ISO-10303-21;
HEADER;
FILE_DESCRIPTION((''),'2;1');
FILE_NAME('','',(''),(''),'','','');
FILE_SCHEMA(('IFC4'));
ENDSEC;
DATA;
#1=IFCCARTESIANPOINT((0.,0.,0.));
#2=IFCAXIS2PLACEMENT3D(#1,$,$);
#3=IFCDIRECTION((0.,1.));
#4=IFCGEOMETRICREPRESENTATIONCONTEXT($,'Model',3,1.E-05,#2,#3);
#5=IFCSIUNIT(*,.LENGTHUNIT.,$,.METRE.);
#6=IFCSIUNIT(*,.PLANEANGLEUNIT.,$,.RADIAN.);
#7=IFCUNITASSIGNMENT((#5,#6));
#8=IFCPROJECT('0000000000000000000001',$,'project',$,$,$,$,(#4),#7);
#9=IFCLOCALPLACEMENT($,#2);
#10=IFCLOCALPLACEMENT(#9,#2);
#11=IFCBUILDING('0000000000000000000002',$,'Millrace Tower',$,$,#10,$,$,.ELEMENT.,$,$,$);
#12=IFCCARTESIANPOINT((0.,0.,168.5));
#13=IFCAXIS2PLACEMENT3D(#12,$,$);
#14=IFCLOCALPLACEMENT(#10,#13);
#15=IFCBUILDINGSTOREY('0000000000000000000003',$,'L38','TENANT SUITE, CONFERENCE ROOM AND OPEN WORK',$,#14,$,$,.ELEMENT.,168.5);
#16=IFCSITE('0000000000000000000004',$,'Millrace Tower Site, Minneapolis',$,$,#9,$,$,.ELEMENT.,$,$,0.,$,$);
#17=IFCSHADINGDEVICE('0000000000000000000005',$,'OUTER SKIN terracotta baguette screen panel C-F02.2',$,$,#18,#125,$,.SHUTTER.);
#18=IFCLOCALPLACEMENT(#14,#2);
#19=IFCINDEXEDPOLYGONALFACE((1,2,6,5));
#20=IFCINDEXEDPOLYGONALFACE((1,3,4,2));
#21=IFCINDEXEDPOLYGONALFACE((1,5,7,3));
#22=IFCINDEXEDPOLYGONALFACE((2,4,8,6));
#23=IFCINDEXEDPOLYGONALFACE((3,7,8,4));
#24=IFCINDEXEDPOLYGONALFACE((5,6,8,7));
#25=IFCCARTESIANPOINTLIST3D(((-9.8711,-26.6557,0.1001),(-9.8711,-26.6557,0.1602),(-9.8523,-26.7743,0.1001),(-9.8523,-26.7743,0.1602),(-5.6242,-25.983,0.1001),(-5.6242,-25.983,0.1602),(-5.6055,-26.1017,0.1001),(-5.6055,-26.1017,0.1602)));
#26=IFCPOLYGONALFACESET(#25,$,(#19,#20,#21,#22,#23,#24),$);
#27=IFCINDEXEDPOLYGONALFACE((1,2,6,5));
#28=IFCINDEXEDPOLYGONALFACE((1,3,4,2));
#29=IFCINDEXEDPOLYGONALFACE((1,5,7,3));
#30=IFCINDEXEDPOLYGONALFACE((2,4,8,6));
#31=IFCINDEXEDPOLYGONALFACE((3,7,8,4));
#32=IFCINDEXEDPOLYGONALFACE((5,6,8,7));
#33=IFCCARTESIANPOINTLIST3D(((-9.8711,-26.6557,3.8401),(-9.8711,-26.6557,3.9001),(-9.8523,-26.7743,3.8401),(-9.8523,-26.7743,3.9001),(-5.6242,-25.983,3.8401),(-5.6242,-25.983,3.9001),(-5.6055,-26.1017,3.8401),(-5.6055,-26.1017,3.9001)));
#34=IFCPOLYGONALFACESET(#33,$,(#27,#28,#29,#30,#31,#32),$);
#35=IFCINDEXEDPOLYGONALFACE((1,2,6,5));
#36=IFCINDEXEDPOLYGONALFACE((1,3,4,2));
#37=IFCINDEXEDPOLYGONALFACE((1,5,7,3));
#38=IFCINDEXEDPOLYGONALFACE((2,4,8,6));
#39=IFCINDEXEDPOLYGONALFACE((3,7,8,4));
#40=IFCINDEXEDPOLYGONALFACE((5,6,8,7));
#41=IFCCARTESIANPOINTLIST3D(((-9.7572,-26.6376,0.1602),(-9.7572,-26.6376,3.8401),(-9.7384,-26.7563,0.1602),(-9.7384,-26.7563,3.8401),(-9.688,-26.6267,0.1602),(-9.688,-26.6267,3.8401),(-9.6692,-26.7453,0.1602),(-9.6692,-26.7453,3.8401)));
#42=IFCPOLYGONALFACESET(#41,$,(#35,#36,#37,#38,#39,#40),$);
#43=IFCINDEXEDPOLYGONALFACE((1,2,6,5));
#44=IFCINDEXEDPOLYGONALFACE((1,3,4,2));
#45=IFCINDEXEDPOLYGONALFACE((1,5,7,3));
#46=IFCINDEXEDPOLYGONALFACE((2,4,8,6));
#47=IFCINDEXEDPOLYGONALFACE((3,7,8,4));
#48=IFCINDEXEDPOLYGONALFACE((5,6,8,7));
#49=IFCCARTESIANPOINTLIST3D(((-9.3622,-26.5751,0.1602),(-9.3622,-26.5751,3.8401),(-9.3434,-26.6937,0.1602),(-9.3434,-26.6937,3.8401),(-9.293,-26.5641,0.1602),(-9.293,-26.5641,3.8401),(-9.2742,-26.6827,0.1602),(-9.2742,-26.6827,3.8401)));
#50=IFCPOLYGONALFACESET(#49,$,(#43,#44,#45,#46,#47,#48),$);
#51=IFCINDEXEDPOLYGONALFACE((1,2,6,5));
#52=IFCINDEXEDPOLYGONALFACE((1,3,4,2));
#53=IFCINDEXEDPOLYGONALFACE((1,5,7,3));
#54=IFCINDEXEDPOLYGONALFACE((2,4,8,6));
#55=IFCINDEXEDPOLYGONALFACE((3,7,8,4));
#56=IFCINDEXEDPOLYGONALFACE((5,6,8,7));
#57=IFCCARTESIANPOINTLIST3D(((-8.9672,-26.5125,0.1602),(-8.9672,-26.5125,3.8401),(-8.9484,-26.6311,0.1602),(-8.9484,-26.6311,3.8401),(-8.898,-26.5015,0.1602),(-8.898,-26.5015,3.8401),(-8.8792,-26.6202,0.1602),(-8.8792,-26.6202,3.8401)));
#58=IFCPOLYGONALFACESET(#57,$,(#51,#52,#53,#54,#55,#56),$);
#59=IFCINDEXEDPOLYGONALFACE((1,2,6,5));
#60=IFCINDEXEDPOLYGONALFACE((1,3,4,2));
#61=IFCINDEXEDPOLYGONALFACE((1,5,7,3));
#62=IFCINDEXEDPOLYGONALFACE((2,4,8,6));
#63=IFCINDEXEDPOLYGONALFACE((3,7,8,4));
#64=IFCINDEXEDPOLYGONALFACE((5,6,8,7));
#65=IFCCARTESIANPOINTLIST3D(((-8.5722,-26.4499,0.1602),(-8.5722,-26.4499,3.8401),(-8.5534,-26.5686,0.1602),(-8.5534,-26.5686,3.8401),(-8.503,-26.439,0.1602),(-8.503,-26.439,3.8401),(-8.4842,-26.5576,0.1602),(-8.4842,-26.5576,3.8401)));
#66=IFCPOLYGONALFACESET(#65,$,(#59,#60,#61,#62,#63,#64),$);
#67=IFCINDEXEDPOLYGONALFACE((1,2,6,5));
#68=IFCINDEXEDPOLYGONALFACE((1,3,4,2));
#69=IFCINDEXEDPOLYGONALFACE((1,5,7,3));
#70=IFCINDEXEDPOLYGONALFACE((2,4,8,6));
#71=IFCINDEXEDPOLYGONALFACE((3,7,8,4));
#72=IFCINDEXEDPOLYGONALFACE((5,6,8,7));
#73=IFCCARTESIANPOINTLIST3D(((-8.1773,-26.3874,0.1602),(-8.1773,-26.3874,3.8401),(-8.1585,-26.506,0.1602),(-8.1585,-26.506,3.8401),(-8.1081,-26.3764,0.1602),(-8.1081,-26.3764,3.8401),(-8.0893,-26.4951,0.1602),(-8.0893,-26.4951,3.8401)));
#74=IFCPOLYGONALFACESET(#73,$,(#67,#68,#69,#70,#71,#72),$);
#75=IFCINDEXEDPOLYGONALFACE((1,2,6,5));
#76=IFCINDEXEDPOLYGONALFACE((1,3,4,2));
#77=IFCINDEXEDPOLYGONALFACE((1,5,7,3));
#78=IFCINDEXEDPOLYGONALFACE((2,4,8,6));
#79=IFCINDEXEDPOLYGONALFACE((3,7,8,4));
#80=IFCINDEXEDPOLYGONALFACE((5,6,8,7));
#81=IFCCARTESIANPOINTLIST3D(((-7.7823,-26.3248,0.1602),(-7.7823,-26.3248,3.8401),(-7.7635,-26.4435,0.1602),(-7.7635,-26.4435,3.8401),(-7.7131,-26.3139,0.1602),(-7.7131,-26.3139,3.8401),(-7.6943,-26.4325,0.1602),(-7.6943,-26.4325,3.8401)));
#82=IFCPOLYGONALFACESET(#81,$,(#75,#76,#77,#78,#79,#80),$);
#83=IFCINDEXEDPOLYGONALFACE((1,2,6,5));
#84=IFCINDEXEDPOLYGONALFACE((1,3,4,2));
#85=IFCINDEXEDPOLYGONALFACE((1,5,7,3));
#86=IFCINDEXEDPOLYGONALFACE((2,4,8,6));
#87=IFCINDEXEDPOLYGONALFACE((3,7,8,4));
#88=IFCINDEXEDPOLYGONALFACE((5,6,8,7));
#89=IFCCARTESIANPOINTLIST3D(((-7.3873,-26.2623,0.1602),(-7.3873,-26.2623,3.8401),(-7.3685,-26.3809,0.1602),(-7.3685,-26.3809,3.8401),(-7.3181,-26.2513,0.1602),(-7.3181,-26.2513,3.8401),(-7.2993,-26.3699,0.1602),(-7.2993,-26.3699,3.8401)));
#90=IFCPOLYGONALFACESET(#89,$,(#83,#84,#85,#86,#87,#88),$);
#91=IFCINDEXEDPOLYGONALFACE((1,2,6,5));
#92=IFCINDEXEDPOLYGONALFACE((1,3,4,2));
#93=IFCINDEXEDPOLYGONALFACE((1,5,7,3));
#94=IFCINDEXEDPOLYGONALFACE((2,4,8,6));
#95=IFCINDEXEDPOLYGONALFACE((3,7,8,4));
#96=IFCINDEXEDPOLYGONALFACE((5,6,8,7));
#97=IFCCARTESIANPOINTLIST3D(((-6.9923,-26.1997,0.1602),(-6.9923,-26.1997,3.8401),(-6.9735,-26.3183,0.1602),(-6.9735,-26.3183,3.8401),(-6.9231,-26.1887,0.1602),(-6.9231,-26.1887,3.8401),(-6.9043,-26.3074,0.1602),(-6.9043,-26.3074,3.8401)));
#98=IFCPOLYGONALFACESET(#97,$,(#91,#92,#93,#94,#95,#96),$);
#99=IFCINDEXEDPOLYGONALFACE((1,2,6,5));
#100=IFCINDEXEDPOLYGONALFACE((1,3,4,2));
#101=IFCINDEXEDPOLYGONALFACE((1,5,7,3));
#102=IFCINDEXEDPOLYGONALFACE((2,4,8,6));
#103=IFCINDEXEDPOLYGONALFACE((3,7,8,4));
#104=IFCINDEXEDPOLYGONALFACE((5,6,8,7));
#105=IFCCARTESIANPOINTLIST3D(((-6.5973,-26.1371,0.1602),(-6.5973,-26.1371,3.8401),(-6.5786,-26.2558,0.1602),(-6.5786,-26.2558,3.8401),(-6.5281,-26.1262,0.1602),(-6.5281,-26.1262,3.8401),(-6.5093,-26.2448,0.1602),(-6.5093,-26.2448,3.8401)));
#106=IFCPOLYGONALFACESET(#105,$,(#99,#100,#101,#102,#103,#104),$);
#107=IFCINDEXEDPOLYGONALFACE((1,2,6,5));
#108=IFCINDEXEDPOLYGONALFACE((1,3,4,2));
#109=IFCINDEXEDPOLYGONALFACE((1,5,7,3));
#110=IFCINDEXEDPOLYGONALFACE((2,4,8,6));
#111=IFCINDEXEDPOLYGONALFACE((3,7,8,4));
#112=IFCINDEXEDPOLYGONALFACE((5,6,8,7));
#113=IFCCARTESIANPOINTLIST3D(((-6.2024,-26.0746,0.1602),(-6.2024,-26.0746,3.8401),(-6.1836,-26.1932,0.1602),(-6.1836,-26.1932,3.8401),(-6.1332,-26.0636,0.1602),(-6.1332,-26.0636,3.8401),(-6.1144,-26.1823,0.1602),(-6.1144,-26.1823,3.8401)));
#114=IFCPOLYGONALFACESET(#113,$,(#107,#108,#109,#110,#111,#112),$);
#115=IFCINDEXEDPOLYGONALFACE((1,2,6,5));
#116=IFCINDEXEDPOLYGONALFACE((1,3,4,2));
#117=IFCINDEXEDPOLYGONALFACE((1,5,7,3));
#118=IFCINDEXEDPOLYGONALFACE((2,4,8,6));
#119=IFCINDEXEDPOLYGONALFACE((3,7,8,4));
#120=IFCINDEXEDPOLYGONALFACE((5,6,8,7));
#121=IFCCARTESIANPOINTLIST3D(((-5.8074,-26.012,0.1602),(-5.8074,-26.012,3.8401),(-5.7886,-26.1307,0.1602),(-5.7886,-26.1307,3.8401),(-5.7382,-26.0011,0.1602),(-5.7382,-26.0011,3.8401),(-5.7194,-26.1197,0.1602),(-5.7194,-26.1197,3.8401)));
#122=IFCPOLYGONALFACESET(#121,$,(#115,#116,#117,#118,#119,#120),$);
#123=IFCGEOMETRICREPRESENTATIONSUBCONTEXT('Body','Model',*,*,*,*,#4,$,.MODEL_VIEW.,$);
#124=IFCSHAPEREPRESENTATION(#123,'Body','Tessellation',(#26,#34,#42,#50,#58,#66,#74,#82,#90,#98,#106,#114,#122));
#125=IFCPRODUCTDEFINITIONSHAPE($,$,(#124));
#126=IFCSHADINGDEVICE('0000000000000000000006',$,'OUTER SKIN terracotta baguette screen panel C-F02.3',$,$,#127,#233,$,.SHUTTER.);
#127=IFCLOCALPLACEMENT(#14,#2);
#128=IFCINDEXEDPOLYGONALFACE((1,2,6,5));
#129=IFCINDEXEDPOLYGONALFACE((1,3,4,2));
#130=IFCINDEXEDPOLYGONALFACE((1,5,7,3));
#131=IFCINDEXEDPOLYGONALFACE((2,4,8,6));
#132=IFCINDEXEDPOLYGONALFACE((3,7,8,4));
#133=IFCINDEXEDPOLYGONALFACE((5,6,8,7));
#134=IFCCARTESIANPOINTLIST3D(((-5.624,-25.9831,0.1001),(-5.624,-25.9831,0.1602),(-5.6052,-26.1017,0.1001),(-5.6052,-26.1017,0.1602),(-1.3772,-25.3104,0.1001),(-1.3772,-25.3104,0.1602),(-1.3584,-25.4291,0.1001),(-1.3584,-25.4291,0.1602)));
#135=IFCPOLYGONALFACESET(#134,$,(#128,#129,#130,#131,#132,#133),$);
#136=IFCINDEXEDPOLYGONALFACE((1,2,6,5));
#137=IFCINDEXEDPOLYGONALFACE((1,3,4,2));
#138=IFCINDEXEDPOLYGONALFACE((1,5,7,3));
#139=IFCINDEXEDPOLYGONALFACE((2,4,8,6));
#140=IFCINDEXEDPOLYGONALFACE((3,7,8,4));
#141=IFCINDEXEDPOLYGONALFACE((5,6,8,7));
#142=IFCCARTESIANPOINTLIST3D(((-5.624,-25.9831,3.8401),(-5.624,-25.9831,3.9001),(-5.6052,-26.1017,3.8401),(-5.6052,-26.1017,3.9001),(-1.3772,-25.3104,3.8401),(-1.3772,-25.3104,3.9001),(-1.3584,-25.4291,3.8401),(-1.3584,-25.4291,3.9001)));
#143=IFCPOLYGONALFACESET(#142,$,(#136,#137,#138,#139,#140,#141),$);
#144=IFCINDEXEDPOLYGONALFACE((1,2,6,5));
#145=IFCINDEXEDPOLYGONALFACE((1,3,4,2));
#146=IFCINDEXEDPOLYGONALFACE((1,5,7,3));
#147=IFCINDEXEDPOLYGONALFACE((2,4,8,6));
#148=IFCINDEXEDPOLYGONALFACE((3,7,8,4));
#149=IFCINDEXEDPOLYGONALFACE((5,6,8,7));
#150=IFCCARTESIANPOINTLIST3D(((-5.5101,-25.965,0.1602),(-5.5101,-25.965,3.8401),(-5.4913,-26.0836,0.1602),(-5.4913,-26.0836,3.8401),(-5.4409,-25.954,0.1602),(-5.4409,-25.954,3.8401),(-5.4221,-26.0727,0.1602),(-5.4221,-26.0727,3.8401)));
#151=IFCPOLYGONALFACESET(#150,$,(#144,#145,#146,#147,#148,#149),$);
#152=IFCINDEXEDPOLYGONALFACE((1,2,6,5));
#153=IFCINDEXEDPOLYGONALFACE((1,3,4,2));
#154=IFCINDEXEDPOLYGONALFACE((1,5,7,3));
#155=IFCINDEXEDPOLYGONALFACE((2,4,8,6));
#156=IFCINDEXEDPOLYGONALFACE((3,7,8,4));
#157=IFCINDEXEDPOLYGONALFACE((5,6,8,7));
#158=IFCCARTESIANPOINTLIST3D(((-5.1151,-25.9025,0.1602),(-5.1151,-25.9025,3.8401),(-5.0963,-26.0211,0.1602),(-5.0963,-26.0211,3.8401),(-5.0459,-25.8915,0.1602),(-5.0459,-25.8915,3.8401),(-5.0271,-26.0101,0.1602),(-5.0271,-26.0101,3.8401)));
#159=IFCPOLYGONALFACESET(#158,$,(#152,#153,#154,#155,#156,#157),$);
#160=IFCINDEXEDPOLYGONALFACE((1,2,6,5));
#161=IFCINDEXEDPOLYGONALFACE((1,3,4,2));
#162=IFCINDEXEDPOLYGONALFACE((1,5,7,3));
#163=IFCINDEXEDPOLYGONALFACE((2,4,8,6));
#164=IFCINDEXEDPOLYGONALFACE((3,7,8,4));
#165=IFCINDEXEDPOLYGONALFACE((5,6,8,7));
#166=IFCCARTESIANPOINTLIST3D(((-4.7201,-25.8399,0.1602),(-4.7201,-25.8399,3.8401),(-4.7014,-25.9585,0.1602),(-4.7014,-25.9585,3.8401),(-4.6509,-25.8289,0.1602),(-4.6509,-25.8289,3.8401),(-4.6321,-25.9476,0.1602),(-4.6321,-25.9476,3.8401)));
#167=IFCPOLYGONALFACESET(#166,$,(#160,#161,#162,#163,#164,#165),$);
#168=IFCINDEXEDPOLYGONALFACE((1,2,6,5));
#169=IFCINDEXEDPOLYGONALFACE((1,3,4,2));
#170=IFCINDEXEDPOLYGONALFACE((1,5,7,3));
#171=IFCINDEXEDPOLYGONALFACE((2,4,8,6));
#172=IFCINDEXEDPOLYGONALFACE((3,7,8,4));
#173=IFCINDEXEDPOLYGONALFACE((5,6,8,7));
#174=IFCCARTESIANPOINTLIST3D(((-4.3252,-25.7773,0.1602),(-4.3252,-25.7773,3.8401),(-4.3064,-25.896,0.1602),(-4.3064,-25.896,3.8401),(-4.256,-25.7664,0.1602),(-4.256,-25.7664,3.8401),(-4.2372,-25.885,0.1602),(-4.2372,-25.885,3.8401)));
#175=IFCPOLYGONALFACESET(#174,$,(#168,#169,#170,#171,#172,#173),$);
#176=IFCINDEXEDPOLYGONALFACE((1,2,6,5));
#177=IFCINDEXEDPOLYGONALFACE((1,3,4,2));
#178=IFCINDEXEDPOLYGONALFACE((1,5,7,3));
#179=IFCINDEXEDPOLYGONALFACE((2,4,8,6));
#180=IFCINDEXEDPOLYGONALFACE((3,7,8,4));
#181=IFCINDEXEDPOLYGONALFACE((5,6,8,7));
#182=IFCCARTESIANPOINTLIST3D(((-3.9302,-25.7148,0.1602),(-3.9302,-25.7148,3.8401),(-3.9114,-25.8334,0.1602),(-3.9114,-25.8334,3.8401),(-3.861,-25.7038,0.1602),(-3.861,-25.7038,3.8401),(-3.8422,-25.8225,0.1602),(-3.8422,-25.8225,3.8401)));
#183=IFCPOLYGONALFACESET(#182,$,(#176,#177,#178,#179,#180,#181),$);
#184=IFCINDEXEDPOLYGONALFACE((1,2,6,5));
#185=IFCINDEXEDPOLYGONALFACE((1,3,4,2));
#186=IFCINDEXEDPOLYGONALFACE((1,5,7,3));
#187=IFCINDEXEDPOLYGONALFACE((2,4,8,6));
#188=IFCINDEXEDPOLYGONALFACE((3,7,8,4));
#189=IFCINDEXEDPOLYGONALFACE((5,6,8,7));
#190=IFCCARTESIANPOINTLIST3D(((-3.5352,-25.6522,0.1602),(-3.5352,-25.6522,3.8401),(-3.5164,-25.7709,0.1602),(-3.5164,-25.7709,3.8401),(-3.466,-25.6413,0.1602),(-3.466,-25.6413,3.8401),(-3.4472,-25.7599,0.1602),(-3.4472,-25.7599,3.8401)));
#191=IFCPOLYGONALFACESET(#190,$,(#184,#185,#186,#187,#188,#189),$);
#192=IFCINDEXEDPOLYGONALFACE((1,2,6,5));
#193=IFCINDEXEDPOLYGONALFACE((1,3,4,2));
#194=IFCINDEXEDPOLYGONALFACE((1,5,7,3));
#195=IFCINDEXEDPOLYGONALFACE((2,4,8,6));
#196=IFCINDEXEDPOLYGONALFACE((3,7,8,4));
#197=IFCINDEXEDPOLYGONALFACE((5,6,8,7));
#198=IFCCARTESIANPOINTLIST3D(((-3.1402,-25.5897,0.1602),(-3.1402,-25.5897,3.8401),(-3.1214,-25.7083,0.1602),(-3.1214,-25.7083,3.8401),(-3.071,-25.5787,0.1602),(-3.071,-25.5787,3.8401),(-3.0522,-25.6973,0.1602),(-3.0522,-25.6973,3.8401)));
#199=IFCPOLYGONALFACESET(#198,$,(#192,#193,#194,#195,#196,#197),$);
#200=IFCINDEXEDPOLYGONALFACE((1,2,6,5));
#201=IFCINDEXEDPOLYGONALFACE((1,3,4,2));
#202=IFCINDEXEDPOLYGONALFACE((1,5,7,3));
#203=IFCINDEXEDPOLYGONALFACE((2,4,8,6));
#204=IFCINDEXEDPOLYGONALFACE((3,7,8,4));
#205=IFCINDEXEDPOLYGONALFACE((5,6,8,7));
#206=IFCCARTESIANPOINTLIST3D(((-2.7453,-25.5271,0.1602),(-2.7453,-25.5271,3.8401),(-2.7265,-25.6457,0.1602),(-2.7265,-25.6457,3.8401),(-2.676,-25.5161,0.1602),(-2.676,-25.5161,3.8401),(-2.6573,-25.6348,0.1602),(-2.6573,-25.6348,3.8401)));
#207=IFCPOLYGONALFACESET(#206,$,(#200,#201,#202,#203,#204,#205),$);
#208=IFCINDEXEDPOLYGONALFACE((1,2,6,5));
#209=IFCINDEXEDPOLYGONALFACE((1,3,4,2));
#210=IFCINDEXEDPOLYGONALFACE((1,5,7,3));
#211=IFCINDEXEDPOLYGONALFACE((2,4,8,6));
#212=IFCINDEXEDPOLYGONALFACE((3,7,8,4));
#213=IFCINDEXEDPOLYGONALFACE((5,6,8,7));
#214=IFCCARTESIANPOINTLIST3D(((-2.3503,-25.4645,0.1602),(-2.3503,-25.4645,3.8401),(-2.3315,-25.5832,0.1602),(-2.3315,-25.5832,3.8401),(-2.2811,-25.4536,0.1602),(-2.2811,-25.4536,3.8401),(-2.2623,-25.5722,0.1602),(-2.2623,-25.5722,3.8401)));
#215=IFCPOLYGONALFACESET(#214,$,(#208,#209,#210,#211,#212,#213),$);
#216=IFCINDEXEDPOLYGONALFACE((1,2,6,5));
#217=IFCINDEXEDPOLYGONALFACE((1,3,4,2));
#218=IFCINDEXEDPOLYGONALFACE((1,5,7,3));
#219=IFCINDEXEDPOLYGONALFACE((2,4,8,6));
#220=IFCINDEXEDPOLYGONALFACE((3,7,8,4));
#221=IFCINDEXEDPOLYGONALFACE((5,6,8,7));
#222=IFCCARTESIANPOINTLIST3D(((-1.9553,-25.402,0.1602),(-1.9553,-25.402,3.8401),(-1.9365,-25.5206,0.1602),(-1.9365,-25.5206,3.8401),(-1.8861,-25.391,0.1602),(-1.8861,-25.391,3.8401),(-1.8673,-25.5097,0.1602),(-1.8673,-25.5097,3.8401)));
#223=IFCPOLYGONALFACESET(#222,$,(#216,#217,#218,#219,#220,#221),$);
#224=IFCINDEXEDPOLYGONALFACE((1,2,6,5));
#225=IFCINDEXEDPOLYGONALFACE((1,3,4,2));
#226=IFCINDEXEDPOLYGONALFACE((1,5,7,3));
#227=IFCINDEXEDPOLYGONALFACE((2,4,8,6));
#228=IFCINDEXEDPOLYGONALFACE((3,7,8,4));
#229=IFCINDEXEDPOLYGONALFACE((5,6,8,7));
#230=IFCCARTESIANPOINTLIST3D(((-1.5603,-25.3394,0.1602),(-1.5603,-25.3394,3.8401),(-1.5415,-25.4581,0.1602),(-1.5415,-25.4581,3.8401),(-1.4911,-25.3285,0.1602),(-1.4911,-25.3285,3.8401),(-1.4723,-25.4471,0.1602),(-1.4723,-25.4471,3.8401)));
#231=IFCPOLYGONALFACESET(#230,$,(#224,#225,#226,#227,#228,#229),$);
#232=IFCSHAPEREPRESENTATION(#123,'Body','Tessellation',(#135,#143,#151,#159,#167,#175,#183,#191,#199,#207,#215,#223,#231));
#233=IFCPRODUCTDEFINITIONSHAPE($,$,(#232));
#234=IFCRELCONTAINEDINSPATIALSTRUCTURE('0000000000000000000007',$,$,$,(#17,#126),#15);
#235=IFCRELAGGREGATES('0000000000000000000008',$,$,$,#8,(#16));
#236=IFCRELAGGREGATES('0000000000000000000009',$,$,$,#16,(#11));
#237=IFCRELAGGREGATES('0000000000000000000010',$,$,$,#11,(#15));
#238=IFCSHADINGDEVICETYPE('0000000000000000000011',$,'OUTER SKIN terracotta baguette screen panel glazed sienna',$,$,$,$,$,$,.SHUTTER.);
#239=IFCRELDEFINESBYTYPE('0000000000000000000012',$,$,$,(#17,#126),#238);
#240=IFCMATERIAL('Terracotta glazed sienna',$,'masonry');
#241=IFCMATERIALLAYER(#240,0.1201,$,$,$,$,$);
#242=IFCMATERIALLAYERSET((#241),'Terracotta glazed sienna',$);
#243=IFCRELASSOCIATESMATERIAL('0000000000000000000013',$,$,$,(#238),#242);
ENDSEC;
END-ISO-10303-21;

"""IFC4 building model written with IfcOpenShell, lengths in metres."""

from ifc_helpers import new_model, entity, si_unit, direction, frame, frame_2d, origin, origin_2d, place, context, subcontext, project, spatial, rectangle, extrude, source, transform, mapped, material, layer, layer_set, type_object, element, save


model = new_model("IFC4")

# Units and contexts
model_context = context("Model", 3, precision=1e-05, world=origin(), true_north=direction((0.0, 1.0)))
body_context = subcontext(model_context, "Body", "Model", "MODEL_VIEW")
ifc_project = project(units=[si_unit("LENGTHUNIT", "METRE"), si_unit("PLANEANGLEUNIT", "RADIAN")], contexts=[model_context])

# Site, building, storey
site_placement = place(None, origin())
site = spatial("IfcSite", under=ifc_project, at=site_placement, Name="Millrace Tower Site, Minneapolis", CompositionType="ELEMENT", RefElevation=0.0)
building_placement = place(site_placement, origin())
building = spatial("IfcBuilding", under=site, at=building_placement, Name="Millrace Tower", CompositionType="ELEMENT")
storey_placement = place(building_placement, frame((0.0, 0.0, 168.5)))
storey = spatial("IfcBuildingStorey", under=building, at=storey_placement, Name="L38", Description="TENANT SUITE, CONFERENCE ROOM AND OPEN WORK", CompositionType="ELEMENT", Elevation=168.5)

# Shading devices
ifc_material_1 = material(Name="Terracotta glazed sienna", Category="masonry")
ifc_layer_1 = layer(ifc_material_1, 0.1201)
ifc_layer_set_1 = layer_set([ifc_layer_1], Name="Terracotta glazed sienna")
shading_device_type = type_object("IfcShadingDeviceType", Name="OUTER SKIN terracotta baguette screen panel glazed sienna", PredefinedType="SHUTTER", material=ifc_layer_set_1)
cartesian_point_1 = entity("IfcCartesianPoint", [-2.1499, 0.0601])
shared_polyline_1 = entity("IfcPolyline", [cartesian_point_1, entity("IfcCartesianPoint", [2.1499, 0.0601]), entity("IfcCartesianPoint", [2.1499, -0.0601]), entity("IfcCartesianPoint", [-2.1499, -0.0601]), cartesian_point_1])
shared_shape_1 = source(origin(), body_context, "Body", "SweptSolid", [
    entity("IfcExtrudedAreaSolid", entity("IfcArbitraryClosedProfileDef", "AREA", None, shared_polyline_1), entity("IfcAxis2Placement3D", entity("IfcCartesianPoint", [0.0, 0.0, 0.0])), entity("IfcDirection", [0.0, 0.0, 1.0]), 0.0601),
    entity("IfcExtrudedAreaSolid", entity("IfcArbitraryClosedProfileDef", "AREA", None, shared_polyline_1), entity("IfcAxis2Placement3D", entity("IfcCartesianPoint", [0.0, 0.0, 3.74])), entity("IfcDirection", [0.0, 0.0, 1.0]), 0.0601),
    extrude(rectangle(XDim=0.0701, YDim=0.1201, at=frame_2d((-1.9995, 0.0))), frame((0.0, 0.0, 0.0601)), (0.0, 0.0, 1.0), 3.6799),
    extrude(rectangle(XDim=0.0701, YDim=0.1201, at=frame_2d((-1.5996, 0.0))), frame((0.0, 0.0, 0.0601)), (0.0, 0.0, 1.0), 3.6799),
    extrude(rectangle(XDim=0.0701, YDim=0.1201, at=frame_2d((-1.1997, 0.0))), frame((0.0, 0.0, 0.0601)), (0.0, 0.0, 1.0), 3.6799),
    extrude(rectangle(XDim=0.0701, YDim=0.1201, at=frame_2d((-0.7998, 0.0))), frame((0.0, 0.0, 0.0601)), (0.0, 0.0, 1.0), 3.6799),
    extrude(rectangle(XDim=0.0701, YDim=0.1201, at=frame_2d((-0.3999, 0.0))), frame((0.0, 0.0, 0.0601)), (0.0, 0.0, 1.0), 3.6799),
    extrude(rectangle(XDim=0.0701, YDim=0.1201, at=origin_2d()), frame((0.0, 0.0, 0.0601)), (0.0, 0.0, 1.0), 3.6799),
    extrude(rectangle(XDim=0.0701, YDim=0.1201, at=frame_2d((0.3999, 0.0))), frame((0.0, 0.0, 0.0601)), (0.0, 0.0, 1.0), 3.6799),
    extrude(rectangle(XDim=0.0701, YDim=0.1201, at=frame_2d((0.7998, 0.0))), frame((0.0, 0.0, 0.0601)), (0.0, 0.0, 1.0), 3.6799),
    extrude(rectangle(XDim=0.0701, YDim=0.1201, at=frame_2d((1.1997, 0.0))), frame((0.0, 0.0, 0.0601)), (0.0, 0.0, 1.0), 3.6799),
    extrude(rectangle(XDim=0.0701, YDim=0.1201, at=frame_2d((1.5996, 0.0))), frame((0.0, 0.0, 0.0601)), (0.0, 0.0, 1.0), 3.6799),
    extrude(rectangle(XDim=0.0701, YDim=0.1201, at=frame_2d((1.9995, 0.0))), frame((0.0, 0.0, 0.0601)), (0.0, 0.0, 1.0), 3.6799),
])
for number, where, z_axis, x_axis, name in (
    (1, (-7.7383, -26.3787, 0.1001), (0.0, 0.0, 1.0), (0.987688, 0.156434, 0.0), "OUTER SKIN terracotta baguette screen panel C-F02.2"),
    (2, (-3.4912, -25.7061, 0.1001), (0.0, 0.0, 1.0), (0.987688, 0.156434, 0.0), "OUTER SKIN terracotta baguette screen panel C-F02.3"),
):
    element("IfcShadingDevice", number, at=place(storey_placement, frame(where, z_axis=z_axis, x_axis=x_axis)), inside=storey, type_object=shading_device_type, Name=name, PredefinedType="SHUTTER", context=body_context, shape_type="MappedRepresentation", body=[
        mapped(shared_shape_1, transform((0.0, 0.0, 0.0), scale=1.0)),
    ])

save(model, "model.ifc")
